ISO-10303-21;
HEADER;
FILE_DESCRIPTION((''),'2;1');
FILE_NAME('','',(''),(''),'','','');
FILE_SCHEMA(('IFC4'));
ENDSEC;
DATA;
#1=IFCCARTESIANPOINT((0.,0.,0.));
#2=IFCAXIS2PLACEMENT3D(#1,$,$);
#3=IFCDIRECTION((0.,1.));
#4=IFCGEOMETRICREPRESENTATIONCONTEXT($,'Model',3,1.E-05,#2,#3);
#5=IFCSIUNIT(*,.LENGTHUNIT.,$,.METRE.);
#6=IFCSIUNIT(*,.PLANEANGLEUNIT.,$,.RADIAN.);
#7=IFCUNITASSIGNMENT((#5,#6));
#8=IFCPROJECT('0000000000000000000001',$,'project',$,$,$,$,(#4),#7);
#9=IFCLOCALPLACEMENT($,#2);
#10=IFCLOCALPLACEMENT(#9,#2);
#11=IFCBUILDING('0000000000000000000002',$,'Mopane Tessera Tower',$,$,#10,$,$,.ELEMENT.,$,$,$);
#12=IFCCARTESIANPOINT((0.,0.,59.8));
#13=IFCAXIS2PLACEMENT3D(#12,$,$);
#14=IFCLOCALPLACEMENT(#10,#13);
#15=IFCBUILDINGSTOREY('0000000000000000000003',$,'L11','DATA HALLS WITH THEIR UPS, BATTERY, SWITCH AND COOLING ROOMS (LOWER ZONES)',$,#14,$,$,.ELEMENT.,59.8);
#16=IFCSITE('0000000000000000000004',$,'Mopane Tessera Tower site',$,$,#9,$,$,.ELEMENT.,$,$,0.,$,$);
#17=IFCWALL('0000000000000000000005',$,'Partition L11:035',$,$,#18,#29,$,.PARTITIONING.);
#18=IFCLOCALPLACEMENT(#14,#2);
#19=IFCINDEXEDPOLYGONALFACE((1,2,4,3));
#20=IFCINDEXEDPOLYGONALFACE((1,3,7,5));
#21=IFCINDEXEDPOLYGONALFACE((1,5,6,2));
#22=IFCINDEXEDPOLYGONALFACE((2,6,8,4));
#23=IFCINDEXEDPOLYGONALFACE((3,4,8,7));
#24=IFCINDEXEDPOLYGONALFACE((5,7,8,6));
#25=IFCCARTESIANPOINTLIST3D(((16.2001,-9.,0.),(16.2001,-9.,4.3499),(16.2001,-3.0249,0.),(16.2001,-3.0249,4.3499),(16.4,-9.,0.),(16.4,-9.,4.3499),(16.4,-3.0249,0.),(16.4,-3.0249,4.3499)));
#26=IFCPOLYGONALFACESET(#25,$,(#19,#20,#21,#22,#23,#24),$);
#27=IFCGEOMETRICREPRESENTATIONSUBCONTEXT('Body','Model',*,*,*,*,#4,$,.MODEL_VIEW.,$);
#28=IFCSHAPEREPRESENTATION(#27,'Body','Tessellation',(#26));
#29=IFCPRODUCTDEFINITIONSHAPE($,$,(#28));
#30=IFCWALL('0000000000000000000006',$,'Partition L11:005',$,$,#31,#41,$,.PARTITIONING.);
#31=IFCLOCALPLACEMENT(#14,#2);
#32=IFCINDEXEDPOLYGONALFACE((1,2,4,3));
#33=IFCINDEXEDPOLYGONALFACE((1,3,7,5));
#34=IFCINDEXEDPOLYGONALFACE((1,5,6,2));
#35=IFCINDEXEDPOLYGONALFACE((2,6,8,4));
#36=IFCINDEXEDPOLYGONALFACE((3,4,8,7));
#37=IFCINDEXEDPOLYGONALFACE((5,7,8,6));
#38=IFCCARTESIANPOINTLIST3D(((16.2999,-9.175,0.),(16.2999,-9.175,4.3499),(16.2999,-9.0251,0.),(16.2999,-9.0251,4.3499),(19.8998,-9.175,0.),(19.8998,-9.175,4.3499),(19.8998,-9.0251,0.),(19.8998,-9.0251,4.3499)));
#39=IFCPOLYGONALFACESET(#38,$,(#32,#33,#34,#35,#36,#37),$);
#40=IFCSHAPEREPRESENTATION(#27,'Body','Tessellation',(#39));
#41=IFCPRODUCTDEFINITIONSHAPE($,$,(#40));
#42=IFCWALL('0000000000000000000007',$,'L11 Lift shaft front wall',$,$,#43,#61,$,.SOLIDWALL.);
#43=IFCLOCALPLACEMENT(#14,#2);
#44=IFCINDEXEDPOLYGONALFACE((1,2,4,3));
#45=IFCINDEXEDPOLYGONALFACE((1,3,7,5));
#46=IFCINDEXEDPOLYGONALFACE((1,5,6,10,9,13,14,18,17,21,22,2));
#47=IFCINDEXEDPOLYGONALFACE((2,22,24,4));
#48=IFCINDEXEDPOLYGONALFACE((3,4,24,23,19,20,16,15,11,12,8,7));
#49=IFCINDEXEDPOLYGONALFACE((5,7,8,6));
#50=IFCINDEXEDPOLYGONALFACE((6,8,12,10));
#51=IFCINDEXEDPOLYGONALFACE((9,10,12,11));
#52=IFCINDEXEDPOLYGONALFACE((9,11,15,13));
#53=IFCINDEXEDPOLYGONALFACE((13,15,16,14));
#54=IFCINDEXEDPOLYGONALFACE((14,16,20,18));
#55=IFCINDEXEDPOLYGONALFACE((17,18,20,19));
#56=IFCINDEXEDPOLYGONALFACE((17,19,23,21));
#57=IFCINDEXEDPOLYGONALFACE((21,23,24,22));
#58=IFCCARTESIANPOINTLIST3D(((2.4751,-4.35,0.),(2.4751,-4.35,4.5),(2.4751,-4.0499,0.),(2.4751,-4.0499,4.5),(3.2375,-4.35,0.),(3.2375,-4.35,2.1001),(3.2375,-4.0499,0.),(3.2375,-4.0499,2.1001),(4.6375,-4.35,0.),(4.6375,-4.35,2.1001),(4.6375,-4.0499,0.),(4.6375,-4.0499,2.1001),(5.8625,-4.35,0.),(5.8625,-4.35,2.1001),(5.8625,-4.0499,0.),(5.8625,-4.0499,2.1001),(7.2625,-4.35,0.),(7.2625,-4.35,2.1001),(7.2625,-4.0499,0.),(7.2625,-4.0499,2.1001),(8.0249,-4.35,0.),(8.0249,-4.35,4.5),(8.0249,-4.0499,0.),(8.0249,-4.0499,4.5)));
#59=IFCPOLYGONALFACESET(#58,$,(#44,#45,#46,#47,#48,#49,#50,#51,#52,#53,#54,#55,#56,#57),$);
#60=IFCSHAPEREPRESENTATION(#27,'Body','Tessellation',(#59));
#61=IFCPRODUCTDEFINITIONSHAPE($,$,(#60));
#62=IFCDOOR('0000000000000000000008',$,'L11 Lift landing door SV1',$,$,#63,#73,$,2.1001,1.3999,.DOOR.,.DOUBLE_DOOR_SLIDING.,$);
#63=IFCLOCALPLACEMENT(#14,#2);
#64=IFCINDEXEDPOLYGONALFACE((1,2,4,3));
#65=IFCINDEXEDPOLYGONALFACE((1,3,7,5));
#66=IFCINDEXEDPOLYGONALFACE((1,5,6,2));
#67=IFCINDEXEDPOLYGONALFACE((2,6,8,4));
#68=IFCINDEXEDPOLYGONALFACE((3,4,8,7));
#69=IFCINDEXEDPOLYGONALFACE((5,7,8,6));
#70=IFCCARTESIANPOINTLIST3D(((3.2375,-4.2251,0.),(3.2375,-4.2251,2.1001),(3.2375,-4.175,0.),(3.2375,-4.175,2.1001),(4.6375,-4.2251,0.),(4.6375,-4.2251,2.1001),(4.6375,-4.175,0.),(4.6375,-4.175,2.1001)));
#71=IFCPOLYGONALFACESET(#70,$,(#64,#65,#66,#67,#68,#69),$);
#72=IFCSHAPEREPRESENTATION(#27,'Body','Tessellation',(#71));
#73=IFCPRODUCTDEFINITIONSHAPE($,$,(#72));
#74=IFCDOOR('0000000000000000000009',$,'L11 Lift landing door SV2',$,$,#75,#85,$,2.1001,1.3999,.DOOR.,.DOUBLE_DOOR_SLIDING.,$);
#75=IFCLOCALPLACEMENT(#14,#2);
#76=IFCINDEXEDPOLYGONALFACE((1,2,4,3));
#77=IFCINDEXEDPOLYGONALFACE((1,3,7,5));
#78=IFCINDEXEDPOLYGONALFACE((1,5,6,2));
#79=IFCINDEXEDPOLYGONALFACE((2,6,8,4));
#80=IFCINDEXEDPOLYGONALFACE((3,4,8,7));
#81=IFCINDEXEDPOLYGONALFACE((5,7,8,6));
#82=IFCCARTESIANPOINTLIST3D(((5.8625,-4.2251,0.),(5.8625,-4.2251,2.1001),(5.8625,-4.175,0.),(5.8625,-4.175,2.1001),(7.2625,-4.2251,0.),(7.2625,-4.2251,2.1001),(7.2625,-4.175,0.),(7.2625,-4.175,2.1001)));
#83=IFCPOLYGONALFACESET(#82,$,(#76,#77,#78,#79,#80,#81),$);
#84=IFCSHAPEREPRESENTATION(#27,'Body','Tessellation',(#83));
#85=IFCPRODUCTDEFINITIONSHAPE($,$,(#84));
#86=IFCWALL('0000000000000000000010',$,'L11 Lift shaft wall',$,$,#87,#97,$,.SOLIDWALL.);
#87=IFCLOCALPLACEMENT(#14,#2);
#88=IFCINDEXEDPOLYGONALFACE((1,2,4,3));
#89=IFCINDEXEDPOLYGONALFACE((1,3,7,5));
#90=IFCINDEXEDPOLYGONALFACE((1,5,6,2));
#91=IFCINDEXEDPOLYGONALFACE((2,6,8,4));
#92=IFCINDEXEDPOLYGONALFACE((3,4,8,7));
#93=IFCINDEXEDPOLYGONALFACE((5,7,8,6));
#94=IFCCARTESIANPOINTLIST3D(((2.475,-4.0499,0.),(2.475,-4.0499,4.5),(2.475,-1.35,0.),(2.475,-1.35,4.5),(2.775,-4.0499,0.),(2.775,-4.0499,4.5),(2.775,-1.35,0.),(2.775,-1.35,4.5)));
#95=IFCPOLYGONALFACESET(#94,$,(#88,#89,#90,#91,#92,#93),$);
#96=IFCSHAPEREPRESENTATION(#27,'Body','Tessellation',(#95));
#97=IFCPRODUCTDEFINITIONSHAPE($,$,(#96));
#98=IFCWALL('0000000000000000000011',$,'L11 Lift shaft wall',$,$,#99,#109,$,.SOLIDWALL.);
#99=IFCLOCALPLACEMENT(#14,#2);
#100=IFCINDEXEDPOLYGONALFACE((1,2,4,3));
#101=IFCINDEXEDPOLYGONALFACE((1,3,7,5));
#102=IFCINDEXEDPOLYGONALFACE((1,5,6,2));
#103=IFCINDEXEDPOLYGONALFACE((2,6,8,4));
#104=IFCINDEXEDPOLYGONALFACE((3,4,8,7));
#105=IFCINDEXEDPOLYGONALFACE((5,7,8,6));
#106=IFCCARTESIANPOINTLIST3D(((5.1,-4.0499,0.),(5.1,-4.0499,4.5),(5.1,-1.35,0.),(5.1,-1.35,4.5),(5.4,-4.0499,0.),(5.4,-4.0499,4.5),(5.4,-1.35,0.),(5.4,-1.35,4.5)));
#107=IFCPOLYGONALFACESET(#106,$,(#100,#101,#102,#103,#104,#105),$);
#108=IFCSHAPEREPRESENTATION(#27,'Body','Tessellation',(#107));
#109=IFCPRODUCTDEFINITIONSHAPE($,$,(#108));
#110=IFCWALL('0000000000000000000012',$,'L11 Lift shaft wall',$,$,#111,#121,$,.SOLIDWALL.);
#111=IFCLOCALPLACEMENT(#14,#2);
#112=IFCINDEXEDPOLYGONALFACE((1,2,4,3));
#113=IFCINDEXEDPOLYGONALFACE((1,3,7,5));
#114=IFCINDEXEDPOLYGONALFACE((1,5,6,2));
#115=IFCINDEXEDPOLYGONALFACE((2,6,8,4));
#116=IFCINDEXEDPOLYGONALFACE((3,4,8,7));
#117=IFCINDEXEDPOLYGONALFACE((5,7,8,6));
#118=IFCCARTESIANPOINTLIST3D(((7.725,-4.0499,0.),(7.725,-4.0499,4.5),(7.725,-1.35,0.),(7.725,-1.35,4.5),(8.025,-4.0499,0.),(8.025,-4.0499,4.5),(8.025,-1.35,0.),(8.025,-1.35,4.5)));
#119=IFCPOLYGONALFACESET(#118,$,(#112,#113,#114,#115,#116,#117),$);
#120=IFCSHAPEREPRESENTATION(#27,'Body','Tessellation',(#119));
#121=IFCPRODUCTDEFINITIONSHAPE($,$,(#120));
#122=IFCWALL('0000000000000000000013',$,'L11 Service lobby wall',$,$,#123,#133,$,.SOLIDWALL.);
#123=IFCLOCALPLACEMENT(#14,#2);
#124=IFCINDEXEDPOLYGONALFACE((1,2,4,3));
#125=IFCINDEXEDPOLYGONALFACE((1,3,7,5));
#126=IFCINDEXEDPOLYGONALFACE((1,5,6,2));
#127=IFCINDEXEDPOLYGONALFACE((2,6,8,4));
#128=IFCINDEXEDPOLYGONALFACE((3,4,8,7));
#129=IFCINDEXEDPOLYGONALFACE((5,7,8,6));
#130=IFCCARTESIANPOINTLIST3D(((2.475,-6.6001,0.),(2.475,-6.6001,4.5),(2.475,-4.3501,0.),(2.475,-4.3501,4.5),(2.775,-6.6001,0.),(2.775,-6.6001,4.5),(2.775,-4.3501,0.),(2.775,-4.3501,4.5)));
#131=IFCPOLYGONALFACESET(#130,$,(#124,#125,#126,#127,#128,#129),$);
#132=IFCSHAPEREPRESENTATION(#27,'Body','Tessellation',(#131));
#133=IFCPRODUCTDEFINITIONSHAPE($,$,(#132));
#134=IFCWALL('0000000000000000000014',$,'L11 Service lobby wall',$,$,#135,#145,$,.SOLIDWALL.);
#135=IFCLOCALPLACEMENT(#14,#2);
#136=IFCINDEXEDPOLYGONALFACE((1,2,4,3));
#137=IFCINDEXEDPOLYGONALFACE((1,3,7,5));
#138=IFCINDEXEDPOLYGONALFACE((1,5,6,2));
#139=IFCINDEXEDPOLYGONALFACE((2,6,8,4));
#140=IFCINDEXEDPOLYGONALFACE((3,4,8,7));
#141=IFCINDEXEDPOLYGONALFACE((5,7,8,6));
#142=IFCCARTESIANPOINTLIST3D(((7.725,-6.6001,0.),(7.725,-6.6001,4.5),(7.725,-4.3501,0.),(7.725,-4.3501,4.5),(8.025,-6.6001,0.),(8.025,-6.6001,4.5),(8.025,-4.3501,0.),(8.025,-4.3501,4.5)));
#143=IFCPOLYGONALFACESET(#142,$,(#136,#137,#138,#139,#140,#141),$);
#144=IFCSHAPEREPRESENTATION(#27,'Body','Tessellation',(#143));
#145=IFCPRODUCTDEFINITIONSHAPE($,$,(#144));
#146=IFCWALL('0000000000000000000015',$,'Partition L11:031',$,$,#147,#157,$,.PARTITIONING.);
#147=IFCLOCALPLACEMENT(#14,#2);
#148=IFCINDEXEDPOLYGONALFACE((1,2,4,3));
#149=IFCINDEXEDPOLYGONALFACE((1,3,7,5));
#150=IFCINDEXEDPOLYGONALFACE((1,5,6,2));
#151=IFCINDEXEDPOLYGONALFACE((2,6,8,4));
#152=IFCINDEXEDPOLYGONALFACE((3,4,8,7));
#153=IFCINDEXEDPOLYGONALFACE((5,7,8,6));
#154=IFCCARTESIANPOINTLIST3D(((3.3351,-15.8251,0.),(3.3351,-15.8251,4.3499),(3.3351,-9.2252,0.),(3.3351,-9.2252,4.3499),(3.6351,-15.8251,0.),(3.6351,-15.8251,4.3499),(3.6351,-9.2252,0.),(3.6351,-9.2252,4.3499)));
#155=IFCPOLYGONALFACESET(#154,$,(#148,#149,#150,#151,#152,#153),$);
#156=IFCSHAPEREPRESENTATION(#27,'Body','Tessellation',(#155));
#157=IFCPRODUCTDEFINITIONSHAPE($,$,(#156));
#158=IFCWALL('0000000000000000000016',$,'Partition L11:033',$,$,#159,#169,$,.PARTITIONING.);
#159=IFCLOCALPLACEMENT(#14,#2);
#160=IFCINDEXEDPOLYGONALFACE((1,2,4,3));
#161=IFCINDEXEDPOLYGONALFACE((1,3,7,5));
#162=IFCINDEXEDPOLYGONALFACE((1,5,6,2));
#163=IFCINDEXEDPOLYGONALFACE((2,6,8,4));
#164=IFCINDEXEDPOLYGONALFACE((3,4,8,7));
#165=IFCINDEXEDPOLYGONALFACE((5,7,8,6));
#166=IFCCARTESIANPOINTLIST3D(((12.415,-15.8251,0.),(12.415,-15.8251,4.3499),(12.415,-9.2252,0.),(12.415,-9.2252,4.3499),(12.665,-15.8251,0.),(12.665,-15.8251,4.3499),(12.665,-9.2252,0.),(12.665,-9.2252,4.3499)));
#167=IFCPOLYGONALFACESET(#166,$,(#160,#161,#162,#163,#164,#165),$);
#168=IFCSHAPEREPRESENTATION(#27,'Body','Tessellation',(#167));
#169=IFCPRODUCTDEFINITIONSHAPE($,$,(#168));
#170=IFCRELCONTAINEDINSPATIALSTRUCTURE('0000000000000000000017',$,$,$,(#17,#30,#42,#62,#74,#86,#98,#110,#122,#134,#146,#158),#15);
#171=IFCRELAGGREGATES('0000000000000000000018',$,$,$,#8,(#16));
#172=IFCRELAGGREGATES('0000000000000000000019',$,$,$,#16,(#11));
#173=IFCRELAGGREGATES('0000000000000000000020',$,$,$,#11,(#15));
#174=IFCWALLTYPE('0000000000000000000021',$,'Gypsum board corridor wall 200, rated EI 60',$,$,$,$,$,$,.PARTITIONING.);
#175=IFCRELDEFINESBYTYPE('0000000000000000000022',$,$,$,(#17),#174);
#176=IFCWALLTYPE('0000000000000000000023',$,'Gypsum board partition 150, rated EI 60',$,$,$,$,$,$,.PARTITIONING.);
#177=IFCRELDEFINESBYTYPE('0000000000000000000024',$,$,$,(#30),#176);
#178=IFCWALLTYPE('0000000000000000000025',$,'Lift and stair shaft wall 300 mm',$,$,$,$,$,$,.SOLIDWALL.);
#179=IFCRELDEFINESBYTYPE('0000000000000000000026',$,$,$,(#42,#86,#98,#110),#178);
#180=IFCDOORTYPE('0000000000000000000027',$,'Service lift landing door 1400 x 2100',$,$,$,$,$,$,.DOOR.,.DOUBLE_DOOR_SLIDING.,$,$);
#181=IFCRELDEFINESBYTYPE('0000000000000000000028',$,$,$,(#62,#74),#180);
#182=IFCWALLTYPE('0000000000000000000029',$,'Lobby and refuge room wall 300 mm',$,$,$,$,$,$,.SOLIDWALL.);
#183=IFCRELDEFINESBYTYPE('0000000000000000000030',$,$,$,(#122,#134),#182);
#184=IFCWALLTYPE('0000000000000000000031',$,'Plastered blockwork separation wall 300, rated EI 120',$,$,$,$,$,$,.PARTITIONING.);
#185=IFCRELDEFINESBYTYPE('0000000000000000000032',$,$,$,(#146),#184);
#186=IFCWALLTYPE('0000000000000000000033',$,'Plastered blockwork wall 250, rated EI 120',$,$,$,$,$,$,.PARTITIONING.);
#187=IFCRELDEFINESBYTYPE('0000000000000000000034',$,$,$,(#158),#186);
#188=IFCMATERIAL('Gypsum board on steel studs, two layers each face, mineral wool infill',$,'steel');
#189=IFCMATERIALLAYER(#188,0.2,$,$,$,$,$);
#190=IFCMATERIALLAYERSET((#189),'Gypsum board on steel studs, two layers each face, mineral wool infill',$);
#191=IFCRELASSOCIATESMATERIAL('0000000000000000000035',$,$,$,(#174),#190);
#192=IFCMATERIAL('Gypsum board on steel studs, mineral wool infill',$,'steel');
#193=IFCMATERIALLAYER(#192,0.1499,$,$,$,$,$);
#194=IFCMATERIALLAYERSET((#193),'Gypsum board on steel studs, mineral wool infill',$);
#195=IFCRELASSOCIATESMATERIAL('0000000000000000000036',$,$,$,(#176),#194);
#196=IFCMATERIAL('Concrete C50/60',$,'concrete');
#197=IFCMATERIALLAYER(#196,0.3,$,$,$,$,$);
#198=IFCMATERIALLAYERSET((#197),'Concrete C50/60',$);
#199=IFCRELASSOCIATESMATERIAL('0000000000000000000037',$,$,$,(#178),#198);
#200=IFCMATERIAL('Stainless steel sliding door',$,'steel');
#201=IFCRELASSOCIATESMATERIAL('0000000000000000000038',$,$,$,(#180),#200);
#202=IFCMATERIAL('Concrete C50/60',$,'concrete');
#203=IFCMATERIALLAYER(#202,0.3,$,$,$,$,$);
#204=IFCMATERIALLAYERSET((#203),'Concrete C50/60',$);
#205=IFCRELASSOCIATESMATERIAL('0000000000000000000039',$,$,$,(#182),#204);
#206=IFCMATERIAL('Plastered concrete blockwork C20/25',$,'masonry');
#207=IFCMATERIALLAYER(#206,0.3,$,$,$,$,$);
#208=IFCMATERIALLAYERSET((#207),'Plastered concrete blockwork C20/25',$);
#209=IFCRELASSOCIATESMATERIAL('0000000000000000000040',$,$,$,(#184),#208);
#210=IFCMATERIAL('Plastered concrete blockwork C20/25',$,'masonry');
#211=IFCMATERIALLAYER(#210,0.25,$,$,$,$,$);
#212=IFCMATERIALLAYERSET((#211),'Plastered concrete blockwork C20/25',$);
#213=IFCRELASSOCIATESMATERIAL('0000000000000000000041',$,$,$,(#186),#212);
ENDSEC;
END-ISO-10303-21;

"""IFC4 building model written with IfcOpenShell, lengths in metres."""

from ifc_helpers import new_model, si_unit, direction, frame, frame_2d, origin, place, context, subcontext, project, spatial, rectangle, extrude, material, layer, layer_set, type_object, element, fill, save


model = new_model("IFC4")

# Units and contexts
model_context = context("Model", 3, precision=1e-05, world=origin(), true_north=direction((0.0, 1.0)))
body_context = subcontext(model_context, "Body", "Model", "MODEL_VIEW")
ifc_project = project(units=[si_unit("LENGTHUNIT", "METRE"), si_unit("PLANEANGLEUNIT", "RADIAN")], contexts=[model_context])

# Site, building, storey
site_placement = place(None, origin())
site = spatial("IfcSite", under=ifc_project, at=site_placement, Name="Mopane Tessera Tower site", CompositionType="ELEMENT", RefElevation=0.0)
building_placement = place(site_placement, origin())
building = spatial("IfcBuilding", under=site, at=building_placement, Name="Mopane Tessera Tower", CompositionType="ELEMENT")
storey_placement = place(building_placement, frame((0.0, 0.0, 59.8)))
storey = spatial("IfcBuildingStorey", under=building, at=storey_placement, Name="L11", Description="DATA HALLS WITH THEIR UPS, BATTERY, SWITCH AND COOLING ROOMS (LOWER ZONES)", CompositionType="ELEMENT", Elevation=59.8)

# Shared definitions
ifc_material_1 = material(Name="Gypsum board on steel studs, two layers each face, mineral wool infill", Category="steel")
ifc_layer_1 = layer(ifc_material_1, 0.2)
ifc_layer_set_1 = layer_set([ifc_layer_1], Name="Gypsum board on steel studs, two layers each face, mineral wool infill")
wall_type_1 = type_object("IfcWallType", Name="Gypsum board corridor wall 200, rated EI 60", PredefinedType="PARTITIONING", material=ifc_layer_set_1)

# Walls
wall_1_placement = place(storey_placement, frame((16.3, -9.0, 0.0), z_axis=(0.0, 0.0, 1.0), x_axis=(0.0, 1.0, 0.0)))
element("IfcWall", 1, at=wall_1_placement, inside=storey, type_object=wall_type_1, Name="Partition L11:035", PredefinedType="PARTITIONING", context=body_context, shape_type="SweptSolid", body=[
    extrude(rectangle(XDim=5.9751, YDim=0.2, at=frame_2d((2.9875, 0.0))), origin(), (0.0, 0.0, 1.0), 4.3499),
])
ifc_material_2 = material(Name="Gypsum board on steel studs, mineral wool infill", Category="steel")
ifc_layer_2 = layer(ifc_material_2, 0.1499)
ifc_layer_set_2 = layer_set([ifc_layer_2], Name="Gypsum board on steel studs, mineral wool infill")
wall_type_2 = type_object("IfcWallType", Name="Gypsum board partition 150, rated EI 60", PredefinedType="PARTITIONING", material=ifc_layer_set_2)
wall_2_placement = place(storey_placement, frame((16.3, -9.1001, 0.0), z_axis=(0.0, 0.0, 1.0), x_axis=(1.0, 0.0, 0.0)))
element("IfcWall", 2, at=wall_2_placement, inside=storey, type_object=wall_type_2, Name="Partition L11:005", PredefinedType="PARTITIONING", context=body_context, shape_type="SweptSolid", body=[
    extrude(rectangle(XDim=3.5999, YDim=0.1499, at=frame_2d((1.7998, 0.0))), origin(), (0.0, 0.0, 1.0), 4.3499),
])

# Wall, openings, doors
ifc_material_3 = material(Name="Concrete C50/60", Category="concrete")
ifc_layer_3 = layer(ifc_material_3, 0.3)
ifc_layer_set_3 = layer_set([ifc_layer_3], Name="Concrete C50/60")
wall_type_3 = type_object("IfcWallType", Name="Lift and stair shaft wall 300 mm", PredefinedType="SOLIDWALL", material=ifc_layer_set_3)
wall_3_placement = place(storey_placement, frame((2.4751, -4.2, 0.0), z_axis=(0.0, 0.0, 1.0), x_axis=(1.0, 0.0, 0.0)))
wall_3 = element("IfcWall", 3, at=wall_3_placement, inside=storey, type_object=wall_type_3, Name="L11 Lift shaft front wall", PredefinedType="SOLIDWALL", context=body_context, shape_type="SweptSolid", body=[
    extrude(rectangle(XDim=5.5498, YDim=0.3, at=frame_2d((2.7749, 0.0))), origin(), (0.0, 0.0, 1.0), 4.5),
])
opening_1_placement = place(wall_3_placement, frame((0.7625, 0.0, 0.0)))
opening_1 = element("IfcOpeningElement", 4, at=opening_1_placement, cuts=wall_3, PredefinedType="OPENING", context=body_context, shape_type="SweptSolid", body=[
    extrude(rectangle(XDim=1.3999, YDim=2.1001, at=frame_2d((0.7, 1.05))), frame((0.0, 0.1621, 0.0), z_axis=(0.0, -1.0, 0.0), x_axis=(1.0, 0.0, 0.0)), (0.0, 0.0, 1.0), 0.324),
])
opening_2_placement = place(wall_3_placement, frame((3.3875, 0.0, 0.0)))
opening_2 = element("IfcOpeningElement", 5, at=opening_2_placement, cuts=wall_3, PredefinedType="OPENING", context=body_context, shape_type="SweptSolid", body=[
    extrude(rectangle(XDim=1.3999, YDim=2.1001, at=frame_2d((0.7, 1.05))), frame((0.0, 0.1621, 0.0), z_axis=(0.0, -1.0, 0.0), x_axis=(1.0, 0.0, 0.0)), (0.0, 0.0, 1.0), 0.324),
])
ifc_material_4 = material(Name="Stainless steel sliding door", Category="steel")
door_type_1 = type_object("IfcDoorType", Name="Service lift landing door 1400 x 2100", OperationType="DOUBLE_DOOR_SLIDING", PredefinedType="DOOR", material=ifc_material_4)
door_1_placement = place(opening_1_placement, origin())
door_1 = element("IfcDoor", 6, at=door_1_placement, inside=storey, type_object=door_type_1, Name="L11 Lift landing door SV1", OperationType="DOUBLE_DOOR_SLIDING", OverallHeight=2.1001, OverallWidth=1.3999, PredefinedType="DOOR", context=body_context, shape_type="SweptSolid", body=[
    extrude(rectangle(XDim=1.3999, YDim=2.1001, at=frame_2d((0.7, 1.05))), frame((0.0, 0.0249, 0.0), z_axis=(0.0, -1.0, 0.0), x_axis=(1.0, 0.0, 0.0)), (0.0, 0.0, 1.0), 0.05),
])
fill(opening_1, door_1)
door_2_placement = place(opening_2_placement, origin())
door_2 = element("IfcDoor", 7, at=door_2_placement, inside=storey, type_object=door_type_1, Name="L11 Lift landing door SV2", OperationType="DOUBLE_DOOR_SLIDING", OverallHeight=2.1001, OverallWidth=1.3999, PredefinedType="DOOR", context=body_context, shape_type="SweptSolid", body=[
    extrude(rectangle(XDim=1.3999, YDim=2.1001, at=frame_2d((0.7, 1.05))), frame((0.0, 0.0249, 0.0), z_axis=(0.0, -1.0, 0.0), x_axis=(1.0, 0.0, 0.0)), (0.0, 0.0, 1.0), 0.05),
])
fill(opening_2, door_2)

# Walls
for number, where, z_axis, x_axis, name in (
    (8, (2.625, -4.05, 0.0), (0.0, 0.0, 1.0), (0.0, 1.0, 0.0), "L11 Lift shaft wall"),
    (9, (5.25, -4.05, 0.0), (0.0, 0.0, 1.0), (0.0, 1.0, 0.0), "L11 Lift shaft wall"),
    (10, (7.875, -4.05, 0.0), (0.0, 0.0, 1.0), (0.0, 1.0, 0.0), "L11 Lift shaft wall"),
):
    element("IfcWall", number, at=place(storey_placement, frame(where, z_axis=z_axis, x_axis=x_axis)), inside=storey, type_object=wall_type_3, Name=name, PredefinedType="SOLIDWALL", context=body_context, shape_type="SweptSolid", body=[
        extrude(rectangle(XDim=2.7, YDim=0.3, at=frame_2d((1.3501, 0.0))), origin(), (0.0, 0.0, 1.0), 4.5),
    ])
ifc_material_5 = material(Name="Concrete C50/60", Category="concrete")
ifc_layer_4 = layer(ifc_material_5, 0.3)
ifc_layer_set_4 = layer_set([ifc_layer_4], Name="Concrete C50/60")
wall_type_4 = type_object("IfcWallType", Name="Lobby and refuge room wall 300 mm", PredefinedType="SOLIDWALL", material=ifc_layer_set_4)
for number, where, z_axis, x_axis, name in (
    (11, (2.625, -6.6001, 0.0), (0.0, 0.0, 1.0), (0.0, 1.0, 0.0), "L11 Service lobby wall"),
    (12, (7.875, -6.6001, 0.0), (0.0, 0.0, 1.0), (0.0, 1.0, 0.0), "L11 Service lobby wall"),
):
    element("IfcWall", number, at=place(storey_placement, frame(where, z_axis=z_axis, x_axis=x_axis)), inside=storey, type_object=wall_type_4, Name=name, PredefinedType="SOLIDWALL", context=body_context, shape_type="SweptSolid", body=[
        extrude(rectangle(XDim=2.25, YDim=0.3, at=frame_2d((1.125, 0.0))), origin(), (0.0, 0.0, 1.0), 4.5),
    ])
ifc_material_6 = material(Name="Plastered concrete blockwork C20/25", Category="masonry")
ifc_layer_5 = layer(ifc_material_6, 0.3)
ifc_layer_set_5 = layer_set([ifc_layer_5], Name="Plastered concrete blockwork C20/25")
wall_type_5 = type_object("IfcWallType", Name="Plastered blockwork separation wall 300, rated EI 120", PredefinedType="PARTITIONING", material=ifc_layer_set_5)
wall_4_placement = place(storey_placement, frame((3.4851, -15.825, 0.0), z_axis=(0.0, 0.0, 1.0), x_axis=(0.0, 1.0, 0.0)))
element("IfcWall", 13, at=wall_4_placement, inside=storey, type_object=wall_type_5, Name="Partition L11:031", PredefinedType="PARTITIONING", context=body_context, shape_type="SweptSolid", body=[
    extrude(rectangle(XDim=6.5999, YDim=0.3, at=frame_2d((3.2998, 0.0))), origin(), (0.0, 0.0, 1.0), 4.3499),
])
ifc_material_7 = material(Name="Plastered concrete blockwork C20/25", Category="masonry")
ifc_layer_6 = layer(ifc_material_7, 0.25)
ifc_layer_set_6 = layer_set([ifc_layer_6], Name="Plastered concrete blockwork C20/25")
wall_type_6 = type_object("IfcWallType", Name="Plastered blockwork wall 250, rated EI 120", PredefinedType="PARTITIONING", material=ifc_layer_set_6)
wall_5_placement = place(storey_placement, frame((12.54, -15.825, 0.0), z_axis=(0.0, 0.0, 1.0), x_axis=(0.0, 1.0, 0.0)))
element("IfcWall", 14, at=wall_5_placement, inside=storey, type_object=wall_type_6, Name="Partition L11:033", PredefinedType="PARTITIONING", context=body_context, shape_type="SweptSolid", body=[
    extrude(rectangle(XDim=6.5999, YDim=0.25, at=frame_2d((3.2998, 0.0))), origin(), (0.0, 0.0, 1.0), 4.3499),
])

save(model, "model.ifc")
